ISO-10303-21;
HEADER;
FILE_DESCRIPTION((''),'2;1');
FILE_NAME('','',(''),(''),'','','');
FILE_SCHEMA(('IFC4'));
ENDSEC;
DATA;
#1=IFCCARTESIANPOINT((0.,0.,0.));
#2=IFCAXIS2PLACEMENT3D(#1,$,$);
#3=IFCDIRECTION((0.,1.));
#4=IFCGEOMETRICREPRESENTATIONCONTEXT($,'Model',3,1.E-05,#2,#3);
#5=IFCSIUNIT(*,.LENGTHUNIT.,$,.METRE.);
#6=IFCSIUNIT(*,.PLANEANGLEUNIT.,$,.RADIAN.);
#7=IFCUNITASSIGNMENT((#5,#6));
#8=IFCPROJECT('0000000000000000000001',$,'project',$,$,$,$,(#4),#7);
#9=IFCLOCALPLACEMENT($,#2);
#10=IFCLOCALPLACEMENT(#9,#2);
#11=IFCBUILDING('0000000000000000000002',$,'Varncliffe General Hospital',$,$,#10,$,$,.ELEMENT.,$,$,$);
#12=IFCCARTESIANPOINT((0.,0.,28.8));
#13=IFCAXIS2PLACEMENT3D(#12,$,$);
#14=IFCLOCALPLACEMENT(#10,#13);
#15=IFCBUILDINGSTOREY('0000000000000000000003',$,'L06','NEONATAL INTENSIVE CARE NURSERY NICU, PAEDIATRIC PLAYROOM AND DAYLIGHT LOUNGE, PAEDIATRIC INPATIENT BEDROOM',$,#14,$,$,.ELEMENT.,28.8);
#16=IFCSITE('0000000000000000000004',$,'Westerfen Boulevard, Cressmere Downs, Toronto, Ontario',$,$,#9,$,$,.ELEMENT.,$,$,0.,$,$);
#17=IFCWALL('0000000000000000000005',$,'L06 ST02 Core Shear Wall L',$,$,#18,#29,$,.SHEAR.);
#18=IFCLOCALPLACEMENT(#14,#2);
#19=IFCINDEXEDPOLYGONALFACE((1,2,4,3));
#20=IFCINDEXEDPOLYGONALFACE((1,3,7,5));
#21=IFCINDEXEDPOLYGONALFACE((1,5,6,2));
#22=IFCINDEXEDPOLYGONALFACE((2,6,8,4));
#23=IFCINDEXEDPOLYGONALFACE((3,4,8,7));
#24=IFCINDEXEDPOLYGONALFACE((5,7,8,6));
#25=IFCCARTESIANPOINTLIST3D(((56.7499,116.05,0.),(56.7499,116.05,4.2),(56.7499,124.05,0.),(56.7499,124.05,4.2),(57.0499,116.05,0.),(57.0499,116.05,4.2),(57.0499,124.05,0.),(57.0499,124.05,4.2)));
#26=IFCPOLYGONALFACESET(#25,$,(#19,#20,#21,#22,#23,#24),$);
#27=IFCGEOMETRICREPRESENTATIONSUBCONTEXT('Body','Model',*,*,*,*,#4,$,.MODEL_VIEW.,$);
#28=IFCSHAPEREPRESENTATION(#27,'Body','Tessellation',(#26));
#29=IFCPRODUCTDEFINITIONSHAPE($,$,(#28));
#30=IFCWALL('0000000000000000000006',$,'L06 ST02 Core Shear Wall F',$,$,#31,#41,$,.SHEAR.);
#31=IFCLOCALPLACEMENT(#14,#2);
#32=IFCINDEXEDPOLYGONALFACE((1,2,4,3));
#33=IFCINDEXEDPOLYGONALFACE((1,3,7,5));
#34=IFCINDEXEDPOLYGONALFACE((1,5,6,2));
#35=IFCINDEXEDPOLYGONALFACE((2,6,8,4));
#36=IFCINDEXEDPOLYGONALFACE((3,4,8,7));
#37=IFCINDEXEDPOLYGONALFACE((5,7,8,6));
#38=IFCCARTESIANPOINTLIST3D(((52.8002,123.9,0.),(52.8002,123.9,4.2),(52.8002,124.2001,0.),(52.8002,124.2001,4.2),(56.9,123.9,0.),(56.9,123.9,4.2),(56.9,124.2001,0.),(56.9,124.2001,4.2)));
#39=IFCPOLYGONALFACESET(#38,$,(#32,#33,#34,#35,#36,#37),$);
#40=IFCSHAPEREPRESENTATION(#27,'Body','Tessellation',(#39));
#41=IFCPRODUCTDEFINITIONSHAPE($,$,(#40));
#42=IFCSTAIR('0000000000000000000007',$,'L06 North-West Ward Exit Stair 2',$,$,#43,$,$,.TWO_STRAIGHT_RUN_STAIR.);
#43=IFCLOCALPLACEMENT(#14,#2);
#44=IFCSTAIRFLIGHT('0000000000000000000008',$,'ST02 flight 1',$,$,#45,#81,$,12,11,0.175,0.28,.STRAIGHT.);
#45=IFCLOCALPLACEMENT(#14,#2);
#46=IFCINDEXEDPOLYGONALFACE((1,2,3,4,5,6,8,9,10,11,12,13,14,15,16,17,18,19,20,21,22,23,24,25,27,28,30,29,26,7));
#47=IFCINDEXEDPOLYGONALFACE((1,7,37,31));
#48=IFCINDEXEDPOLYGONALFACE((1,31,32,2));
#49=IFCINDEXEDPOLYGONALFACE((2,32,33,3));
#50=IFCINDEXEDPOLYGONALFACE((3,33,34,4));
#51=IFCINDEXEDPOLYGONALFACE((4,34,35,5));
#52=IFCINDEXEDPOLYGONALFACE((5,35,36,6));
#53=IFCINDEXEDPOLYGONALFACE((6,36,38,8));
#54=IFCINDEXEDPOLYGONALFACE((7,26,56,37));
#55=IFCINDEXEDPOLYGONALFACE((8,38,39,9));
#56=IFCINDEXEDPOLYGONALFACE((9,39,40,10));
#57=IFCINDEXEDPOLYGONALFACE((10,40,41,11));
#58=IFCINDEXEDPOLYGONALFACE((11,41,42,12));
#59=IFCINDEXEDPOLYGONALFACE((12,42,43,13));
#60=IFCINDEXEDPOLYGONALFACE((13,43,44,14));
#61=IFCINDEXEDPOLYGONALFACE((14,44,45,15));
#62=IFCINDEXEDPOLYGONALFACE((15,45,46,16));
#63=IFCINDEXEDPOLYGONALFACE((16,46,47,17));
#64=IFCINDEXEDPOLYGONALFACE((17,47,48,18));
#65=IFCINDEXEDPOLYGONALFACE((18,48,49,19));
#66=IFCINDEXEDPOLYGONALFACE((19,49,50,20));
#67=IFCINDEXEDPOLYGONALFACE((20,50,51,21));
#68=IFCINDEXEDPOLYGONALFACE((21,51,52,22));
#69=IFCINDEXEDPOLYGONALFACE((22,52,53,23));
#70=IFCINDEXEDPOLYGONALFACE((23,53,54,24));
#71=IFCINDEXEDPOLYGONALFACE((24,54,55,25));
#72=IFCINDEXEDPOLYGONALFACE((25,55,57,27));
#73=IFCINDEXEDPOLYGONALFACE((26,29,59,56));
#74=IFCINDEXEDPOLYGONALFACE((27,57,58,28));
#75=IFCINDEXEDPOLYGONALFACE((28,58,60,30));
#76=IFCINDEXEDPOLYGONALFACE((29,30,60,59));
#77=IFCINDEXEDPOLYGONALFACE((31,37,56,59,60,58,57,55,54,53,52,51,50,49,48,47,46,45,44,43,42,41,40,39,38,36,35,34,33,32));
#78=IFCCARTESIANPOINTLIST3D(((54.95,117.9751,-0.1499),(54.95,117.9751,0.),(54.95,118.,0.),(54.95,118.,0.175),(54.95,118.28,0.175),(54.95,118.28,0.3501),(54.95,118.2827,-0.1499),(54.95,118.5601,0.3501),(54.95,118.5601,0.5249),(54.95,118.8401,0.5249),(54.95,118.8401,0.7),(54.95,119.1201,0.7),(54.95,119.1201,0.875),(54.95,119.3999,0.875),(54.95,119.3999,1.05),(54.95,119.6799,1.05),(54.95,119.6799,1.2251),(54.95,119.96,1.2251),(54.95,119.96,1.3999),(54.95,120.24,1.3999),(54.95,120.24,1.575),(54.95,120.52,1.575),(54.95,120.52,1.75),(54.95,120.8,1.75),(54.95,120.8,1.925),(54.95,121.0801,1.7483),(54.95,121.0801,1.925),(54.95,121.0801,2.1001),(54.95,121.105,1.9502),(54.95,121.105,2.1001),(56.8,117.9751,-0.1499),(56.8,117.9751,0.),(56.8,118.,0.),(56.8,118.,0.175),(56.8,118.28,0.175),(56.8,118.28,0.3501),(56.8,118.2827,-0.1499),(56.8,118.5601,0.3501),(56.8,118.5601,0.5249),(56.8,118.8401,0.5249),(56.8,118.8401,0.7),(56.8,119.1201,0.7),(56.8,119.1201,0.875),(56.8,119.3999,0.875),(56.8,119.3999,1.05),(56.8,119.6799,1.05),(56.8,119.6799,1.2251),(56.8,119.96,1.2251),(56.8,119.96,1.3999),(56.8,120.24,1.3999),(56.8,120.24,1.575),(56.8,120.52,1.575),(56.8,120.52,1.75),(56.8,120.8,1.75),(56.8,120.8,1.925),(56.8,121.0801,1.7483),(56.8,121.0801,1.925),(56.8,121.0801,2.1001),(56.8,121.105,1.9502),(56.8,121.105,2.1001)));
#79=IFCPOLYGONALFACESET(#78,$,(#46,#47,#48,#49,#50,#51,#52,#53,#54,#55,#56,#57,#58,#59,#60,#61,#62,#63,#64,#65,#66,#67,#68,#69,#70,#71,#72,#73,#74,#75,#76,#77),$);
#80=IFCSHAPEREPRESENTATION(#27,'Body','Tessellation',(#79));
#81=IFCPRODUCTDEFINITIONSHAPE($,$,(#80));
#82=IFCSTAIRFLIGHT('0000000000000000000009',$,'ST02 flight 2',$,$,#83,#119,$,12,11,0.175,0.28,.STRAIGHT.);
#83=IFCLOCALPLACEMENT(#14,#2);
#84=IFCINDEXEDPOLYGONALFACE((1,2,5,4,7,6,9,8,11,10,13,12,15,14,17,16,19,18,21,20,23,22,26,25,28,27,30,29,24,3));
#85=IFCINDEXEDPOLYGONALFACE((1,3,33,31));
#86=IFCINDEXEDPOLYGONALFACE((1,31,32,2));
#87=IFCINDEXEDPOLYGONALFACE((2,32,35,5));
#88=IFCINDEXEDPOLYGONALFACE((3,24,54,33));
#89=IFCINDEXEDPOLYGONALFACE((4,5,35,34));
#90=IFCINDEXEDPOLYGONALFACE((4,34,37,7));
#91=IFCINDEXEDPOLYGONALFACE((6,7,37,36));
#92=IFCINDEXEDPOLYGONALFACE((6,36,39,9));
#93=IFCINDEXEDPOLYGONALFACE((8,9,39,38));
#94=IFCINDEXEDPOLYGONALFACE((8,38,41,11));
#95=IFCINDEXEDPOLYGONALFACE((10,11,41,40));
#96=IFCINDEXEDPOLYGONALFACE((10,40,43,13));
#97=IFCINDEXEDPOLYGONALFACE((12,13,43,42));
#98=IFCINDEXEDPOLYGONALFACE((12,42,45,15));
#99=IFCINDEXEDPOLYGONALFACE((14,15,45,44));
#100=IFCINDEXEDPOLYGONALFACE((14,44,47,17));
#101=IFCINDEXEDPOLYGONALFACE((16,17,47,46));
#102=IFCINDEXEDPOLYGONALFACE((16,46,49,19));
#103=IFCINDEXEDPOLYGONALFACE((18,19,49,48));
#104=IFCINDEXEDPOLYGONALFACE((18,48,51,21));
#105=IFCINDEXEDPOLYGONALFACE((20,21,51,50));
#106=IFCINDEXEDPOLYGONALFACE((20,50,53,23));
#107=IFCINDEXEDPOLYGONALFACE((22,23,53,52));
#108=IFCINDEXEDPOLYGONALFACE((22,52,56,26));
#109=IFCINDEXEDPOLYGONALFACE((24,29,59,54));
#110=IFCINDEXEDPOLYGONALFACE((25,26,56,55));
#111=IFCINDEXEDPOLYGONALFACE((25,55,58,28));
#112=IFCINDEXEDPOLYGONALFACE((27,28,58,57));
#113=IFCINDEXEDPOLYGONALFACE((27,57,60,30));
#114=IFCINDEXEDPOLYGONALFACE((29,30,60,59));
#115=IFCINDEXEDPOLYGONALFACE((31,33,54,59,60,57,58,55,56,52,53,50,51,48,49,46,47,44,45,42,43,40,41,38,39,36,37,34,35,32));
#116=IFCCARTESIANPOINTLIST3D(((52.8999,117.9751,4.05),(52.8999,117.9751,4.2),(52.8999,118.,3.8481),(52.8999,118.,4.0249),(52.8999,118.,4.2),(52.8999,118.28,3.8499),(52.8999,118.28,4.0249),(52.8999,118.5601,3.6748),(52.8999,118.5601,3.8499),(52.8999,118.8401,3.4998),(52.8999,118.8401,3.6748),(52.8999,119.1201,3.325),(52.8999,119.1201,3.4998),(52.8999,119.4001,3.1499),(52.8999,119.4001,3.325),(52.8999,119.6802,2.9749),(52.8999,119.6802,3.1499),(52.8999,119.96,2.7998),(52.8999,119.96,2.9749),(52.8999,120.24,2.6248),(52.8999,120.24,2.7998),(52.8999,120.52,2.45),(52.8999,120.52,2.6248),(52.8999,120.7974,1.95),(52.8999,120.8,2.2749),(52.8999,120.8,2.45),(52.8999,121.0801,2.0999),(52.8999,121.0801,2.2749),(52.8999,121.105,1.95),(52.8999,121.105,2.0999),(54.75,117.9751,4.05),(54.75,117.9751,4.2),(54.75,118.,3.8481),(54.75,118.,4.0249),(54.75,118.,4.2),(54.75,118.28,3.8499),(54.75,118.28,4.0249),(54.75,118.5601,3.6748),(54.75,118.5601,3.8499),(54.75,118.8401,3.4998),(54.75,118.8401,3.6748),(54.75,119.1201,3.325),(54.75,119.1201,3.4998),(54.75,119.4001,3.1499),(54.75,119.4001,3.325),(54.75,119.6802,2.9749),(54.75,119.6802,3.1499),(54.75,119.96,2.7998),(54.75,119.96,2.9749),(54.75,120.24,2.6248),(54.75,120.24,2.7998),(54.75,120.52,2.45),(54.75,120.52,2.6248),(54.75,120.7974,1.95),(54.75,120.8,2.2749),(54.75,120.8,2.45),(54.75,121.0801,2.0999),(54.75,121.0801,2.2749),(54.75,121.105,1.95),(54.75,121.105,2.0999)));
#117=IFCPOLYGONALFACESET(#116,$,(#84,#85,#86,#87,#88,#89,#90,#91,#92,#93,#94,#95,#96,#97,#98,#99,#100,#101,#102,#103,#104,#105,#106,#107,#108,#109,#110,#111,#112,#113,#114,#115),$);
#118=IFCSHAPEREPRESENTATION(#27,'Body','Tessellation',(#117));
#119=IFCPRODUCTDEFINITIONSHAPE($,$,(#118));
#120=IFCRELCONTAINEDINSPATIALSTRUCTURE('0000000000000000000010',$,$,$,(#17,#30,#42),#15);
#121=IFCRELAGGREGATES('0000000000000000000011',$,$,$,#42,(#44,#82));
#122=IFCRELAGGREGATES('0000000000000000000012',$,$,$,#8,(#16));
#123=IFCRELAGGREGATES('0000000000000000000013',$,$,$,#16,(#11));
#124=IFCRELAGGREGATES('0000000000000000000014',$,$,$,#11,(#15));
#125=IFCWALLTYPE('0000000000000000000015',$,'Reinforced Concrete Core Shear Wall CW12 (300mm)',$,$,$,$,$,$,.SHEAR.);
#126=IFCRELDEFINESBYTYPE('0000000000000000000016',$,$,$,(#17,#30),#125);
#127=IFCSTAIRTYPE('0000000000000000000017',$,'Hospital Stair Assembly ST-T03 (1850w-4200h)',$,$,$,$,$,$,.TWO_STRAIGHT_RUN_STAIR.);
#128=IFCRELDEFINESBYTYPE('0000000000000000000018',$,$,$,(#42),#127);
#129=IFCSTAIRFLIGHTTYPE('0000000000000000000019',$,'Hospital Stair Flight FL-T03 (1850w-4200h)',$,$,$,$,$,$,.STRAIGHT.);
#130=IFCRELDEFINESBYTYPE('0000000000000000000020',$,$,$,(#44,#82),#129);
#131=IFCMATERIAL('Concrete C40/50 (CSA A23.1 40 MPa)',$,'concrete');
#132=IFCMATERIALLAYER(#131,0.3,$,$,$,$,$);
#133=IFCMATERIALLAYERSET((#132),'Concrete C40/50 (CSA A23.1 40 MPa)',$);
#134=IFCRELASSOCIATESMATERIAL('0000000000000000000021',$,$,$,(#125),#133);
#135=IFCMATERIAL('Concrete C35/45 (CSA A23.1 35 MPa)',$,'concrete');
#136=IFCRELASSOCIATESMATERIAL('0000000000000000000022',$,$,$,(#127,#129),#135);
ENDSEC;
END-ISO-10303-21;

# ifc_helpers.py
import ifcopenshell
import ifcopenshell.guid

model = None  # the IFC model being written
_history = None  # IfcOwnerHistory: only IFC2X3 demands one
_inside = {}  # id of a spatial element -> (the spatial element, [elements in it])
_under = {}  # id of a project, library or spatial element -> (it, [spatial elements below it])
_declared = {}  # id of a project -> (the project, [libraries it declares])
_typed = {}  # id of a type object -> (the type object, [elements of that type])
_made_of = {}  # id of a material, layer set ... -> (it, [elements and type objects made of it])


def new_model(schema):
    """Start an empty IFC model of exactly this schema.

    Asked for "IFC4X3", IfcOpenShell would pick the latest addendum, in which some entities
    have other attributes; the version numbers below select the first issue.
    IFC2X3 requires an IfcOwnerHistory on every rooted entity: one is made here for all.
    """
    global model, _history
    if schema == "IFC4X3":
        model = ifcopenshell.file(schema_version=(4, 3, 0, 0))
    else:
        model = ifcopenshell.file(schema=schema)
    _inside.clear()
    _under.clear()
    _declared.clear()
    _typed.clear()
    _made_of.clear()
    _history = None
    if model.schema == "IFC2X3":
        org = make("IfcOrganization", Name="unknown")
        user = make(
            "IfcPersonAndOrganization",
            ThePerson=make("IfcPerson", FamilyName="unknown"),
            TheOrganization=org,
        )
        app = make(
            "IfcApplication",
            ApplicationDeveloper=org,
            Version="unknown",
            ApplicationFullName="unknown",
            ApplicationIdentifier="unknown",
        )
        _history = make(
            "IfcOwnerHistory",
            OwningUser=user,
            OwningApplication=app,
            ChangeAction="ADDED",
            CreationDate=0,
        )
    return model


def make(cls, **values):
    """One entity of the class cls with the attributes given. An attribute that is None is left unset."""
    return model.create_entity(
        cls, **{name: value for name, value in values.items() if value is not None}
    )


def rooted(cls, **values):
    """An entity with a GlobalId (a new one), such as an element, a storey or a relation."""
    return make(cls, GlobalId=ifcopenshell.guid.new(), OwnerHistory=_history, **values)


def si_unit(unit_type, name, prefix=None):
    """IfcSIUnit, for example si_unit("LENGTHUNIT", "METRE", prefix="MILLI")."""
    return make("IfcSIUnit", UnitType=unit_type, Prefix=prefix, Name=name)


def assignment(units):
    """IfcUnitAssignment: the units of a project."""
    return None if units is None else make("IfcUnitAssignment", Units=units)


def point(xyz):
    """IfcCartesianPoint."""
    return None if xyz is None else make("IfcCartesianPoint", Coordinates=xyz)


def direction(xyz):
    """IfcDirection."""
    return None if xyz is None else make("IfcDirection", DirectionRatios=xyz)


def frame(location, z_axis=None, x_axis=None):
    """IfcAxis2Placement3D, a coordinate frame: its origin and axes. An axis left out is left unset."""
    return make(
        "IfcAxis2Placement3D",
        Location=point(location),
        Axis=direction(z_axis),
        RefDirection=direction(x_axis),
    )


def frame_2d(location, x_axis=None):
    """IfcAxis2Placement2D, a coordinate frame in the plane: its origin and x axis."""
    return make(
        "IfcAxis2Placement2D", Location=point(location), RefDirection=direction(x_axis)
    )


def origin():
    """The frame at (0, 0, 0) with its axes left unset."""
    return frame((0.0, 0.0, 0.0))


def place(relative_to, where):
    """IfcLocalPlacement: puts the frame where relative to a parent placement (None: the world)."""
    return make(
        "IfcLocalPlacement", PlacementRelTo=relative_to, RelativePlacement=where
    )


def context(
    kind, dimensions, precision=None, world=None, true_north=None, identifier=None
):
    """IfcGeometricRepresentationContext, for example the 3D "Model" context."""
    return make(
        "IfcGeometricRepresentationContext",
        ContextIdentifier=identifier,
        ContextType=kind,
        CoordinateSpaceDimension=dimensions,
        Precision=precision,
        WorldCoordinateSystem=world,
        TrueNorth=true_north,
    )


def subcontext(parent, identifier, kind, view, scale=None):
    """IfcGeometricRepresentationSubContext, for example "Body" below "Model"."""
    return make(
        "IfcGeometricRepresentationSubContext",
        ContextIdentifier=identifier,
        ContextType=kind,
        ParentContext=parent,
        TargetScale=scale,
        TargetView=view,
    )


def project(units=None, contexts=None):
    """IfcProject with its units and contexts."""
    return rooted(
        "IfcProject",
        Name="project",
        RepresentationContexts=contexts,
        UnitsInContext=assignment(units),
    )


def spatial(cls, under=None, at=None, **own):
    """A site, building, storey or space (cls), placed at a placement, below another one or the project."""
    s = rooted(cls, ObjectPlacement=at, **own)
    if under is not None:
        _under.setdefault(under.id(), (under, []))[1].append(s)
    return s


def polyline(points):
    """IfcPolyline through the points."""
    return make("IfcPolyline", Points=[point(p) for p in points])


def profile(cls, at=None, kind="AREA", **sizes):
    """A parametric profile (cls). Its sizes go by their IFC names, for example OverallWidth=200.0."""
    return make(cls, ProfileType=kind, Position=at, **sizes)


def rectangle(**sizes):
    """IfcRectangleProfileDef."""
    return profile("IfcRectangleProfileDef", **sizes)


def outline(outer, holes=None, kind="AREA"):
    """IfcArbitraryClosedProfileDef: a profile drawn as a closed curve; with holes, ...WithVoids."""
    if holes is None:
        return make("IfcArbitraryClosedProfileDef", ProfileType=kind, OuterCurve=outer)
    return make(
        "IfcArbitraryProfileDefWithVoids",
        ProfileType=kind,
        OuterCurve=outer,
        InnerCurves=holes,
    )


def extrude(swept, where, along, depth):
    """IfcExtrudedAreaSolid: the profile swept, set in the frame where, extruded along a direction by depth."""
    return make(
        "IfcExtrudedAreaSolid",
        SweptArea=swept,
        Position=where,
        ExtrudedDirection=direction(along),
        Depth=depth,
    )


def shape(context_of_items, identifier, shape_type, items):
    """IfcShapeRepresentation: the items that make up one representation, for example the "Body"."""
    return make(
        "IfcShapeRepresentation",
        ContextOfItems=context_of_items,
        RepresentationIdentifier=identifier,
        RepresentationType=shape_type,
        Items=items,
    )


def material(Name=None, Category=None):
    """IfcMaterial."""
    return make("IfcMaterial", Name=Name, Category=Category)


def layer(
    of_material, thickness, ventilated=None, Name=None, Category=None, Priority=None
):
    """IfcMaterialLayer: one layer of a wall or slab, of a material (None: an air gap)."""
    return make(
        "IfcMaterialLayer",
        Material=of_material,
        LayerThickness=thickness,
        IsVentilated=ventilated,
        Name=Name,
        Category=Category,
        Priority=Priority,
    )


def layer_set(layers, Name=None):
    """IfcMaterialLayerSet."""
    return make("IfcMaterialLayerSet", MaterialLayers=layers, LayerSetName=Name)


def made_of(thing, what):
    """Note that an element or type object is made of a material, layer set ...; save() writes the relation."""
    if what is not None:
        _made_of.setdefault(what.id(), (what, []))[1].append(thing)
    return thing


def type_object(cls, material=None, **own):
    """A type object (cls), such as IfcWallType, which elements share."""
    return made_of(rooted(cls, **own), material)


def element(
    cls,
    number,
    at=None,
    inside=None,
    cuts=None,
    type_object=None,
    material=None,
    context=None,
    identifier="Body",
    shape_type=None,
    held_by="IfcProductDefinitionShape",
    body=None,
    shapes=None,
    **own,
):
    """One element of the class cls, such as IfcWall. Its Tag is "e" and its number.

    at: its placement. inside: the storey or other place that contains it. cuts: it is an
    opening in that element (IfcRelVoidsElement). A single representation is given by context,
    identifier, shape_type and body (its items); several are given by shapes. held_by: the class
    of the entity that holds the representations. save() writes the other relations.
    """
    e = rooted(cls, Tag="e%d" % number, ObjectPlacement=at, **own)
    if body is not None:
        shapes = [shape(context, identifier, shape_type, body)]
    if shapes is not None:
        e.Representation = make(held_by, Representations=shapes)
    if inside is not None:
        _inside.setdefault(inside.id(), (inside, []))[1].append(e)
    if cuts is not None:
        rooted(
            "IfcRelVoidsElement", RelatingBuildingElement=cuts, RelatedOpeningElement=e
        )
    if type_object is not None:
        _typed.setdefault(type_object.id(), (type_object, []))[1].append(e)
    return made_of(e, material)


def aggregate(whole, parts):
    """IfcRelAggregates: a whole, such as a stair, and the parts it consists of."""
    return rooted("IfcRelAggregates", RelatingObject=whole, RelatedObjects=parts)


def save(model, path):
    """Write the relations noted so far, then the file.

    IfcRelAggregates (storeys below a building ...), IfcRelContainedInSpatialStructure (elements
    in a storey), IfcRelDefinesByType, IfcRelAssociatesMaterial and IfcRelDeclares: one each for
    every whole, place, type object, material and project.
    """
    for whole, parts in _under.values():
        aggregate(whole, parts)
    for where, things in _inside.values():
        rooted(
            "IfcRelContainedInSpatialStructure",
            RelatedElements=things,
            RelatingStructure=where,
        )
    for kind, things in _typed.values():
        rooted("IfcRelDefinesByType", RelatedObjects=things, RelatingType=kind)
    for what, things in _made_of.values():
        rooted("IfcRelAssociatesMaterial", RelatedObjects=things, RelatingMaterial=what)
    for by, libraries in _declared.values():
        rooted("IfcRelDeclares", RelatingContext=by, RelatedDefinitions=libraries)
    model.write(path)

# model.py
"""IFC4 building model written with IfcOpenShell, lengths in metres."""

from ifc_helpers import new_model, si_unit, direction, frame, frame_2d, origin, place, context, subcontext, project, spatial, polyline, rectangle, outline, extrude, material, layer, layer_set, type_object, element, aggregate, save


model = new_model("IFC4")

# Units and contexts
model_context = context("Model", 3, precision=1e-05, world=origin(), true_north=direction((0.0, 1.0)))
body_context = subcontext(model_context, "Body", "Model", "MODEL_VIEW")
ifc_project = project(units=[si_unit("LENGTHUNIT", "METRE"), si_unit("PLANEANGLEUNIT", "RADIAN")], contexts=[model_context])

# Site, building, storey
site_placement = place(None, origin())
site = spatial("IfcSite", under=ifc_project, at=site_placement, Name="Westerfen Boulevard, Cressmere Downs, Toronto, Ontario", CompositionType="ELEMENT", RefElevation=0.0)
building_placement = place(site_placement, origin())
building = spatial("IfcBuilding", under=site, at=building_placement, Name="Varncliffe General Hospital", CompositionType="ELEMENT")
storey_placement = place(building_placement, frame((0.0, 0.0, 28.8)))
storey = spatial("IfcBuildingStorey", under=building, at=storey_placement, Name="L06", Description="NEONATAL INTENSIVE CARE NURSERY NICU, PAEDIATRIC PLAYROOM AND DAYLIGHT LOUNGE, PAEDIATRIC INPATIENT BEDROOM", CompositionType="ELEMENT", Elevation=28.8)

# Shared definitions
ifc_material_1 = material(Name="Concrete C40/50 (CSA A23.1 40 MPa)", Category="concrete")

# Shared definitions
ifc_material_2 = material(Name="Concrete C35/45 (CSA A23.1 35 MPa)", Category="concrete")

# Walls
ifc_layer_1 = layer(ifc_material_1, 0.3)
ifc_layer_set_1 = layer_set([ifc_layer_1], Name="Concrete C40/50 (CSA A23.1 40 MPa)")
wall_type_1 = type_object("IfcWallType", Name="Reinforced Concrete Core Shear Wall CW12 (300mm)", PredefinedType="SHEAR", material=ifc_layer_set_1)
wall_1_placement = place(storey_placement, frame((56.8999, 116.05, 0.0), z_axis=(0.0, 0.0, 1.0), x_axis=(0.0, 1.0, 0.0)))
element("IfcWall", 1, at=wall_1_placement, inside=storey, type_object=wall_type_1, Name="L06 ST02 Core Shear Wall L", PredefinedType="SHEAR", context=body_context, shape_type="SweptSolid", body=[
    extrude(rectangle(XDim=8.0, YDim=0.3, at=frame_2d((4.0, 0.0))), origin(), (0.0, 0.0, 1.0), 4.2),
])
wall_2_placement = place(storey_placement, frame((56.8999, 124.05, 0.0), z_axis=(0.0, 0.0, 1.0), x_axis=(-1.0, 0.0, 0.0)))
element("IfcWall", 2, at=wall_2_placement, inside=storey, type_object=wall_type_1, Name="L06 ST02 Core Shear Wall F", PredefinedType="SHEAR", context=body_context, shape_type="SweptSolid", body=[
    extrude(rectangle(XDim=4.0999, YDim=0.3, at=frame_2d((2.0498, 0.0))), origin(), (0.0, 0.0, 1.0), 4.2),
])

# Stair, stair flights
stair_type = type_object("IfcStairType", Name="Hospital Stair Assembly ST-T03 (1850w-4200h)", PredefinedType="TWO_STRAIGHT_RUN_STAIR", material=ifc_material_2)
stair_placement = place(storey_placement, origin())
stair = element("IfcStair", 3, at=stair_placement, inside=storey, type_object=stair_type, Name="L06 North-West Ward Exit Stair 2", PredefinedType="TWO_STRAIGHT_RUN_STAIR")
stair_flight_type = type_object("IfcStairFlightType", Name="Hospital Stair Flight FL-T03 (1850w-4200h)", PredefinedType="STRAIGHT", material=ifc_material_2)
stair_flight_1_placement = place(storey_placement, frame((55.875, 118.0, 0.0), z_axis=(0.0, 0.0, 1.0), x_axis=(0.0, 1.0, 0.0)))
stair_flight_1 = element("IfcStairFlight", 4, at=stair_flight_1_placement, type_object=stair_flight_type, Name="ST02 flight 1", NumberOfRisers=12, NumberOfTreads=11, PredefinedType="STRAIGHT", RiserHeight=0.175, TreadLength=0.28, context=body_context, shape_type="SweptSolid", body=[
    extrude(outline(polyline([(-0.0249, -0.1499), (-0.0249, 0.0), (0.0, 0.0), (0.0, 0.175), (0.28, 0.175), (0.28, 0.3501), (0.5601, 0.3501), (0.5601, 0.5249), (0.8401, 0.5249), (0.8401, 0.7), (1.1201, 0.7), (1.1201, 0.875), (1.3999, 0.875), (1.3999, 1.05), (1.6799, 1.05), (1.6799, 1.2251), (1.96, 1.2251), (1.96, 1.3999), (2.24, 1.3999), (2.24, 1.575), (2.52, 1.575), (2.52, 1.75), (2.8, 1.75), (2.8, 1.925), (3.0801, 1.925), (3.0801, 2.1001), (3.105, 2.1001), (3.105, 1.9502), (3.0801, 1.7483), (0.2827, -0.1499), (-0.0249, -0.1499)])), frame((0.0, 0.925, 0.0), z_axis=(0.0, -1.0, 0.0), x_axis=(1.0, 0.0, 0.0)), (0.0, 0.0, 1.0), 1.8501),
])
stair_flight_2_placement = place(storey_placement, frame((53.825, 121.0801, 2.0999), z_axis=(0.0, 0.0, 1.0), x_axis=(0.0, -1.0, 0.0)))
stair_flight_2 = element("IfcStairFlight", 5, at=stair_flight_2_placement, type_object=stair_flight_type, Name="ST02 flight 2", NumberOfRisers=12, NumberOfTreads=11, PredefinedType="STRAIGHT", RiserHeight=0.175, TreadLength=0.28, context=body_context, shape_type="SweptSolid", body=[
    extrude(outline(polyline([(-0.0249, -0.1499), (-0.0249, 0.0), (0.0, 0.0), (0.0, 0.175), (0.28, 0.175), (0.28, 0.3501), (0.5601, 0.3501), (0.5601, 0.5249), (0.8401, 0.5249), (0.8401, 0.7), (1.1201, 0.7), (1.1201, 0.875), (1.3999, 0.875), (1.3999, 1.05), (1.6799, 1.05), (1.6799, 1.2251), (1.96, 1.2251), (1.96, 1.3999), (2.24, 1.3999), (2.24, 1.575), (2.52, 1.575), (2.52, 1.75), (2.8, 1.75), (2.8, 1.925), (3.0801, 1.925), (3.0801, 2.1001), (3.105, 2.1001), (3.105, 1.9502), (3.0801, 1.7483), (0.2827, -0.1499), (-0.0249, -0.1499)])), frame((0.0, 0.925, 0.0), z_axis=(0.0, -1.0, 0.0), x_axis=(1.0, 0.0, 0.0)), (0.0, 0.0, 1.0), 1.8501),
])
aggregate(stair, [stair_flight_1, stair_flight_2])

save(model, "model.ifc")
